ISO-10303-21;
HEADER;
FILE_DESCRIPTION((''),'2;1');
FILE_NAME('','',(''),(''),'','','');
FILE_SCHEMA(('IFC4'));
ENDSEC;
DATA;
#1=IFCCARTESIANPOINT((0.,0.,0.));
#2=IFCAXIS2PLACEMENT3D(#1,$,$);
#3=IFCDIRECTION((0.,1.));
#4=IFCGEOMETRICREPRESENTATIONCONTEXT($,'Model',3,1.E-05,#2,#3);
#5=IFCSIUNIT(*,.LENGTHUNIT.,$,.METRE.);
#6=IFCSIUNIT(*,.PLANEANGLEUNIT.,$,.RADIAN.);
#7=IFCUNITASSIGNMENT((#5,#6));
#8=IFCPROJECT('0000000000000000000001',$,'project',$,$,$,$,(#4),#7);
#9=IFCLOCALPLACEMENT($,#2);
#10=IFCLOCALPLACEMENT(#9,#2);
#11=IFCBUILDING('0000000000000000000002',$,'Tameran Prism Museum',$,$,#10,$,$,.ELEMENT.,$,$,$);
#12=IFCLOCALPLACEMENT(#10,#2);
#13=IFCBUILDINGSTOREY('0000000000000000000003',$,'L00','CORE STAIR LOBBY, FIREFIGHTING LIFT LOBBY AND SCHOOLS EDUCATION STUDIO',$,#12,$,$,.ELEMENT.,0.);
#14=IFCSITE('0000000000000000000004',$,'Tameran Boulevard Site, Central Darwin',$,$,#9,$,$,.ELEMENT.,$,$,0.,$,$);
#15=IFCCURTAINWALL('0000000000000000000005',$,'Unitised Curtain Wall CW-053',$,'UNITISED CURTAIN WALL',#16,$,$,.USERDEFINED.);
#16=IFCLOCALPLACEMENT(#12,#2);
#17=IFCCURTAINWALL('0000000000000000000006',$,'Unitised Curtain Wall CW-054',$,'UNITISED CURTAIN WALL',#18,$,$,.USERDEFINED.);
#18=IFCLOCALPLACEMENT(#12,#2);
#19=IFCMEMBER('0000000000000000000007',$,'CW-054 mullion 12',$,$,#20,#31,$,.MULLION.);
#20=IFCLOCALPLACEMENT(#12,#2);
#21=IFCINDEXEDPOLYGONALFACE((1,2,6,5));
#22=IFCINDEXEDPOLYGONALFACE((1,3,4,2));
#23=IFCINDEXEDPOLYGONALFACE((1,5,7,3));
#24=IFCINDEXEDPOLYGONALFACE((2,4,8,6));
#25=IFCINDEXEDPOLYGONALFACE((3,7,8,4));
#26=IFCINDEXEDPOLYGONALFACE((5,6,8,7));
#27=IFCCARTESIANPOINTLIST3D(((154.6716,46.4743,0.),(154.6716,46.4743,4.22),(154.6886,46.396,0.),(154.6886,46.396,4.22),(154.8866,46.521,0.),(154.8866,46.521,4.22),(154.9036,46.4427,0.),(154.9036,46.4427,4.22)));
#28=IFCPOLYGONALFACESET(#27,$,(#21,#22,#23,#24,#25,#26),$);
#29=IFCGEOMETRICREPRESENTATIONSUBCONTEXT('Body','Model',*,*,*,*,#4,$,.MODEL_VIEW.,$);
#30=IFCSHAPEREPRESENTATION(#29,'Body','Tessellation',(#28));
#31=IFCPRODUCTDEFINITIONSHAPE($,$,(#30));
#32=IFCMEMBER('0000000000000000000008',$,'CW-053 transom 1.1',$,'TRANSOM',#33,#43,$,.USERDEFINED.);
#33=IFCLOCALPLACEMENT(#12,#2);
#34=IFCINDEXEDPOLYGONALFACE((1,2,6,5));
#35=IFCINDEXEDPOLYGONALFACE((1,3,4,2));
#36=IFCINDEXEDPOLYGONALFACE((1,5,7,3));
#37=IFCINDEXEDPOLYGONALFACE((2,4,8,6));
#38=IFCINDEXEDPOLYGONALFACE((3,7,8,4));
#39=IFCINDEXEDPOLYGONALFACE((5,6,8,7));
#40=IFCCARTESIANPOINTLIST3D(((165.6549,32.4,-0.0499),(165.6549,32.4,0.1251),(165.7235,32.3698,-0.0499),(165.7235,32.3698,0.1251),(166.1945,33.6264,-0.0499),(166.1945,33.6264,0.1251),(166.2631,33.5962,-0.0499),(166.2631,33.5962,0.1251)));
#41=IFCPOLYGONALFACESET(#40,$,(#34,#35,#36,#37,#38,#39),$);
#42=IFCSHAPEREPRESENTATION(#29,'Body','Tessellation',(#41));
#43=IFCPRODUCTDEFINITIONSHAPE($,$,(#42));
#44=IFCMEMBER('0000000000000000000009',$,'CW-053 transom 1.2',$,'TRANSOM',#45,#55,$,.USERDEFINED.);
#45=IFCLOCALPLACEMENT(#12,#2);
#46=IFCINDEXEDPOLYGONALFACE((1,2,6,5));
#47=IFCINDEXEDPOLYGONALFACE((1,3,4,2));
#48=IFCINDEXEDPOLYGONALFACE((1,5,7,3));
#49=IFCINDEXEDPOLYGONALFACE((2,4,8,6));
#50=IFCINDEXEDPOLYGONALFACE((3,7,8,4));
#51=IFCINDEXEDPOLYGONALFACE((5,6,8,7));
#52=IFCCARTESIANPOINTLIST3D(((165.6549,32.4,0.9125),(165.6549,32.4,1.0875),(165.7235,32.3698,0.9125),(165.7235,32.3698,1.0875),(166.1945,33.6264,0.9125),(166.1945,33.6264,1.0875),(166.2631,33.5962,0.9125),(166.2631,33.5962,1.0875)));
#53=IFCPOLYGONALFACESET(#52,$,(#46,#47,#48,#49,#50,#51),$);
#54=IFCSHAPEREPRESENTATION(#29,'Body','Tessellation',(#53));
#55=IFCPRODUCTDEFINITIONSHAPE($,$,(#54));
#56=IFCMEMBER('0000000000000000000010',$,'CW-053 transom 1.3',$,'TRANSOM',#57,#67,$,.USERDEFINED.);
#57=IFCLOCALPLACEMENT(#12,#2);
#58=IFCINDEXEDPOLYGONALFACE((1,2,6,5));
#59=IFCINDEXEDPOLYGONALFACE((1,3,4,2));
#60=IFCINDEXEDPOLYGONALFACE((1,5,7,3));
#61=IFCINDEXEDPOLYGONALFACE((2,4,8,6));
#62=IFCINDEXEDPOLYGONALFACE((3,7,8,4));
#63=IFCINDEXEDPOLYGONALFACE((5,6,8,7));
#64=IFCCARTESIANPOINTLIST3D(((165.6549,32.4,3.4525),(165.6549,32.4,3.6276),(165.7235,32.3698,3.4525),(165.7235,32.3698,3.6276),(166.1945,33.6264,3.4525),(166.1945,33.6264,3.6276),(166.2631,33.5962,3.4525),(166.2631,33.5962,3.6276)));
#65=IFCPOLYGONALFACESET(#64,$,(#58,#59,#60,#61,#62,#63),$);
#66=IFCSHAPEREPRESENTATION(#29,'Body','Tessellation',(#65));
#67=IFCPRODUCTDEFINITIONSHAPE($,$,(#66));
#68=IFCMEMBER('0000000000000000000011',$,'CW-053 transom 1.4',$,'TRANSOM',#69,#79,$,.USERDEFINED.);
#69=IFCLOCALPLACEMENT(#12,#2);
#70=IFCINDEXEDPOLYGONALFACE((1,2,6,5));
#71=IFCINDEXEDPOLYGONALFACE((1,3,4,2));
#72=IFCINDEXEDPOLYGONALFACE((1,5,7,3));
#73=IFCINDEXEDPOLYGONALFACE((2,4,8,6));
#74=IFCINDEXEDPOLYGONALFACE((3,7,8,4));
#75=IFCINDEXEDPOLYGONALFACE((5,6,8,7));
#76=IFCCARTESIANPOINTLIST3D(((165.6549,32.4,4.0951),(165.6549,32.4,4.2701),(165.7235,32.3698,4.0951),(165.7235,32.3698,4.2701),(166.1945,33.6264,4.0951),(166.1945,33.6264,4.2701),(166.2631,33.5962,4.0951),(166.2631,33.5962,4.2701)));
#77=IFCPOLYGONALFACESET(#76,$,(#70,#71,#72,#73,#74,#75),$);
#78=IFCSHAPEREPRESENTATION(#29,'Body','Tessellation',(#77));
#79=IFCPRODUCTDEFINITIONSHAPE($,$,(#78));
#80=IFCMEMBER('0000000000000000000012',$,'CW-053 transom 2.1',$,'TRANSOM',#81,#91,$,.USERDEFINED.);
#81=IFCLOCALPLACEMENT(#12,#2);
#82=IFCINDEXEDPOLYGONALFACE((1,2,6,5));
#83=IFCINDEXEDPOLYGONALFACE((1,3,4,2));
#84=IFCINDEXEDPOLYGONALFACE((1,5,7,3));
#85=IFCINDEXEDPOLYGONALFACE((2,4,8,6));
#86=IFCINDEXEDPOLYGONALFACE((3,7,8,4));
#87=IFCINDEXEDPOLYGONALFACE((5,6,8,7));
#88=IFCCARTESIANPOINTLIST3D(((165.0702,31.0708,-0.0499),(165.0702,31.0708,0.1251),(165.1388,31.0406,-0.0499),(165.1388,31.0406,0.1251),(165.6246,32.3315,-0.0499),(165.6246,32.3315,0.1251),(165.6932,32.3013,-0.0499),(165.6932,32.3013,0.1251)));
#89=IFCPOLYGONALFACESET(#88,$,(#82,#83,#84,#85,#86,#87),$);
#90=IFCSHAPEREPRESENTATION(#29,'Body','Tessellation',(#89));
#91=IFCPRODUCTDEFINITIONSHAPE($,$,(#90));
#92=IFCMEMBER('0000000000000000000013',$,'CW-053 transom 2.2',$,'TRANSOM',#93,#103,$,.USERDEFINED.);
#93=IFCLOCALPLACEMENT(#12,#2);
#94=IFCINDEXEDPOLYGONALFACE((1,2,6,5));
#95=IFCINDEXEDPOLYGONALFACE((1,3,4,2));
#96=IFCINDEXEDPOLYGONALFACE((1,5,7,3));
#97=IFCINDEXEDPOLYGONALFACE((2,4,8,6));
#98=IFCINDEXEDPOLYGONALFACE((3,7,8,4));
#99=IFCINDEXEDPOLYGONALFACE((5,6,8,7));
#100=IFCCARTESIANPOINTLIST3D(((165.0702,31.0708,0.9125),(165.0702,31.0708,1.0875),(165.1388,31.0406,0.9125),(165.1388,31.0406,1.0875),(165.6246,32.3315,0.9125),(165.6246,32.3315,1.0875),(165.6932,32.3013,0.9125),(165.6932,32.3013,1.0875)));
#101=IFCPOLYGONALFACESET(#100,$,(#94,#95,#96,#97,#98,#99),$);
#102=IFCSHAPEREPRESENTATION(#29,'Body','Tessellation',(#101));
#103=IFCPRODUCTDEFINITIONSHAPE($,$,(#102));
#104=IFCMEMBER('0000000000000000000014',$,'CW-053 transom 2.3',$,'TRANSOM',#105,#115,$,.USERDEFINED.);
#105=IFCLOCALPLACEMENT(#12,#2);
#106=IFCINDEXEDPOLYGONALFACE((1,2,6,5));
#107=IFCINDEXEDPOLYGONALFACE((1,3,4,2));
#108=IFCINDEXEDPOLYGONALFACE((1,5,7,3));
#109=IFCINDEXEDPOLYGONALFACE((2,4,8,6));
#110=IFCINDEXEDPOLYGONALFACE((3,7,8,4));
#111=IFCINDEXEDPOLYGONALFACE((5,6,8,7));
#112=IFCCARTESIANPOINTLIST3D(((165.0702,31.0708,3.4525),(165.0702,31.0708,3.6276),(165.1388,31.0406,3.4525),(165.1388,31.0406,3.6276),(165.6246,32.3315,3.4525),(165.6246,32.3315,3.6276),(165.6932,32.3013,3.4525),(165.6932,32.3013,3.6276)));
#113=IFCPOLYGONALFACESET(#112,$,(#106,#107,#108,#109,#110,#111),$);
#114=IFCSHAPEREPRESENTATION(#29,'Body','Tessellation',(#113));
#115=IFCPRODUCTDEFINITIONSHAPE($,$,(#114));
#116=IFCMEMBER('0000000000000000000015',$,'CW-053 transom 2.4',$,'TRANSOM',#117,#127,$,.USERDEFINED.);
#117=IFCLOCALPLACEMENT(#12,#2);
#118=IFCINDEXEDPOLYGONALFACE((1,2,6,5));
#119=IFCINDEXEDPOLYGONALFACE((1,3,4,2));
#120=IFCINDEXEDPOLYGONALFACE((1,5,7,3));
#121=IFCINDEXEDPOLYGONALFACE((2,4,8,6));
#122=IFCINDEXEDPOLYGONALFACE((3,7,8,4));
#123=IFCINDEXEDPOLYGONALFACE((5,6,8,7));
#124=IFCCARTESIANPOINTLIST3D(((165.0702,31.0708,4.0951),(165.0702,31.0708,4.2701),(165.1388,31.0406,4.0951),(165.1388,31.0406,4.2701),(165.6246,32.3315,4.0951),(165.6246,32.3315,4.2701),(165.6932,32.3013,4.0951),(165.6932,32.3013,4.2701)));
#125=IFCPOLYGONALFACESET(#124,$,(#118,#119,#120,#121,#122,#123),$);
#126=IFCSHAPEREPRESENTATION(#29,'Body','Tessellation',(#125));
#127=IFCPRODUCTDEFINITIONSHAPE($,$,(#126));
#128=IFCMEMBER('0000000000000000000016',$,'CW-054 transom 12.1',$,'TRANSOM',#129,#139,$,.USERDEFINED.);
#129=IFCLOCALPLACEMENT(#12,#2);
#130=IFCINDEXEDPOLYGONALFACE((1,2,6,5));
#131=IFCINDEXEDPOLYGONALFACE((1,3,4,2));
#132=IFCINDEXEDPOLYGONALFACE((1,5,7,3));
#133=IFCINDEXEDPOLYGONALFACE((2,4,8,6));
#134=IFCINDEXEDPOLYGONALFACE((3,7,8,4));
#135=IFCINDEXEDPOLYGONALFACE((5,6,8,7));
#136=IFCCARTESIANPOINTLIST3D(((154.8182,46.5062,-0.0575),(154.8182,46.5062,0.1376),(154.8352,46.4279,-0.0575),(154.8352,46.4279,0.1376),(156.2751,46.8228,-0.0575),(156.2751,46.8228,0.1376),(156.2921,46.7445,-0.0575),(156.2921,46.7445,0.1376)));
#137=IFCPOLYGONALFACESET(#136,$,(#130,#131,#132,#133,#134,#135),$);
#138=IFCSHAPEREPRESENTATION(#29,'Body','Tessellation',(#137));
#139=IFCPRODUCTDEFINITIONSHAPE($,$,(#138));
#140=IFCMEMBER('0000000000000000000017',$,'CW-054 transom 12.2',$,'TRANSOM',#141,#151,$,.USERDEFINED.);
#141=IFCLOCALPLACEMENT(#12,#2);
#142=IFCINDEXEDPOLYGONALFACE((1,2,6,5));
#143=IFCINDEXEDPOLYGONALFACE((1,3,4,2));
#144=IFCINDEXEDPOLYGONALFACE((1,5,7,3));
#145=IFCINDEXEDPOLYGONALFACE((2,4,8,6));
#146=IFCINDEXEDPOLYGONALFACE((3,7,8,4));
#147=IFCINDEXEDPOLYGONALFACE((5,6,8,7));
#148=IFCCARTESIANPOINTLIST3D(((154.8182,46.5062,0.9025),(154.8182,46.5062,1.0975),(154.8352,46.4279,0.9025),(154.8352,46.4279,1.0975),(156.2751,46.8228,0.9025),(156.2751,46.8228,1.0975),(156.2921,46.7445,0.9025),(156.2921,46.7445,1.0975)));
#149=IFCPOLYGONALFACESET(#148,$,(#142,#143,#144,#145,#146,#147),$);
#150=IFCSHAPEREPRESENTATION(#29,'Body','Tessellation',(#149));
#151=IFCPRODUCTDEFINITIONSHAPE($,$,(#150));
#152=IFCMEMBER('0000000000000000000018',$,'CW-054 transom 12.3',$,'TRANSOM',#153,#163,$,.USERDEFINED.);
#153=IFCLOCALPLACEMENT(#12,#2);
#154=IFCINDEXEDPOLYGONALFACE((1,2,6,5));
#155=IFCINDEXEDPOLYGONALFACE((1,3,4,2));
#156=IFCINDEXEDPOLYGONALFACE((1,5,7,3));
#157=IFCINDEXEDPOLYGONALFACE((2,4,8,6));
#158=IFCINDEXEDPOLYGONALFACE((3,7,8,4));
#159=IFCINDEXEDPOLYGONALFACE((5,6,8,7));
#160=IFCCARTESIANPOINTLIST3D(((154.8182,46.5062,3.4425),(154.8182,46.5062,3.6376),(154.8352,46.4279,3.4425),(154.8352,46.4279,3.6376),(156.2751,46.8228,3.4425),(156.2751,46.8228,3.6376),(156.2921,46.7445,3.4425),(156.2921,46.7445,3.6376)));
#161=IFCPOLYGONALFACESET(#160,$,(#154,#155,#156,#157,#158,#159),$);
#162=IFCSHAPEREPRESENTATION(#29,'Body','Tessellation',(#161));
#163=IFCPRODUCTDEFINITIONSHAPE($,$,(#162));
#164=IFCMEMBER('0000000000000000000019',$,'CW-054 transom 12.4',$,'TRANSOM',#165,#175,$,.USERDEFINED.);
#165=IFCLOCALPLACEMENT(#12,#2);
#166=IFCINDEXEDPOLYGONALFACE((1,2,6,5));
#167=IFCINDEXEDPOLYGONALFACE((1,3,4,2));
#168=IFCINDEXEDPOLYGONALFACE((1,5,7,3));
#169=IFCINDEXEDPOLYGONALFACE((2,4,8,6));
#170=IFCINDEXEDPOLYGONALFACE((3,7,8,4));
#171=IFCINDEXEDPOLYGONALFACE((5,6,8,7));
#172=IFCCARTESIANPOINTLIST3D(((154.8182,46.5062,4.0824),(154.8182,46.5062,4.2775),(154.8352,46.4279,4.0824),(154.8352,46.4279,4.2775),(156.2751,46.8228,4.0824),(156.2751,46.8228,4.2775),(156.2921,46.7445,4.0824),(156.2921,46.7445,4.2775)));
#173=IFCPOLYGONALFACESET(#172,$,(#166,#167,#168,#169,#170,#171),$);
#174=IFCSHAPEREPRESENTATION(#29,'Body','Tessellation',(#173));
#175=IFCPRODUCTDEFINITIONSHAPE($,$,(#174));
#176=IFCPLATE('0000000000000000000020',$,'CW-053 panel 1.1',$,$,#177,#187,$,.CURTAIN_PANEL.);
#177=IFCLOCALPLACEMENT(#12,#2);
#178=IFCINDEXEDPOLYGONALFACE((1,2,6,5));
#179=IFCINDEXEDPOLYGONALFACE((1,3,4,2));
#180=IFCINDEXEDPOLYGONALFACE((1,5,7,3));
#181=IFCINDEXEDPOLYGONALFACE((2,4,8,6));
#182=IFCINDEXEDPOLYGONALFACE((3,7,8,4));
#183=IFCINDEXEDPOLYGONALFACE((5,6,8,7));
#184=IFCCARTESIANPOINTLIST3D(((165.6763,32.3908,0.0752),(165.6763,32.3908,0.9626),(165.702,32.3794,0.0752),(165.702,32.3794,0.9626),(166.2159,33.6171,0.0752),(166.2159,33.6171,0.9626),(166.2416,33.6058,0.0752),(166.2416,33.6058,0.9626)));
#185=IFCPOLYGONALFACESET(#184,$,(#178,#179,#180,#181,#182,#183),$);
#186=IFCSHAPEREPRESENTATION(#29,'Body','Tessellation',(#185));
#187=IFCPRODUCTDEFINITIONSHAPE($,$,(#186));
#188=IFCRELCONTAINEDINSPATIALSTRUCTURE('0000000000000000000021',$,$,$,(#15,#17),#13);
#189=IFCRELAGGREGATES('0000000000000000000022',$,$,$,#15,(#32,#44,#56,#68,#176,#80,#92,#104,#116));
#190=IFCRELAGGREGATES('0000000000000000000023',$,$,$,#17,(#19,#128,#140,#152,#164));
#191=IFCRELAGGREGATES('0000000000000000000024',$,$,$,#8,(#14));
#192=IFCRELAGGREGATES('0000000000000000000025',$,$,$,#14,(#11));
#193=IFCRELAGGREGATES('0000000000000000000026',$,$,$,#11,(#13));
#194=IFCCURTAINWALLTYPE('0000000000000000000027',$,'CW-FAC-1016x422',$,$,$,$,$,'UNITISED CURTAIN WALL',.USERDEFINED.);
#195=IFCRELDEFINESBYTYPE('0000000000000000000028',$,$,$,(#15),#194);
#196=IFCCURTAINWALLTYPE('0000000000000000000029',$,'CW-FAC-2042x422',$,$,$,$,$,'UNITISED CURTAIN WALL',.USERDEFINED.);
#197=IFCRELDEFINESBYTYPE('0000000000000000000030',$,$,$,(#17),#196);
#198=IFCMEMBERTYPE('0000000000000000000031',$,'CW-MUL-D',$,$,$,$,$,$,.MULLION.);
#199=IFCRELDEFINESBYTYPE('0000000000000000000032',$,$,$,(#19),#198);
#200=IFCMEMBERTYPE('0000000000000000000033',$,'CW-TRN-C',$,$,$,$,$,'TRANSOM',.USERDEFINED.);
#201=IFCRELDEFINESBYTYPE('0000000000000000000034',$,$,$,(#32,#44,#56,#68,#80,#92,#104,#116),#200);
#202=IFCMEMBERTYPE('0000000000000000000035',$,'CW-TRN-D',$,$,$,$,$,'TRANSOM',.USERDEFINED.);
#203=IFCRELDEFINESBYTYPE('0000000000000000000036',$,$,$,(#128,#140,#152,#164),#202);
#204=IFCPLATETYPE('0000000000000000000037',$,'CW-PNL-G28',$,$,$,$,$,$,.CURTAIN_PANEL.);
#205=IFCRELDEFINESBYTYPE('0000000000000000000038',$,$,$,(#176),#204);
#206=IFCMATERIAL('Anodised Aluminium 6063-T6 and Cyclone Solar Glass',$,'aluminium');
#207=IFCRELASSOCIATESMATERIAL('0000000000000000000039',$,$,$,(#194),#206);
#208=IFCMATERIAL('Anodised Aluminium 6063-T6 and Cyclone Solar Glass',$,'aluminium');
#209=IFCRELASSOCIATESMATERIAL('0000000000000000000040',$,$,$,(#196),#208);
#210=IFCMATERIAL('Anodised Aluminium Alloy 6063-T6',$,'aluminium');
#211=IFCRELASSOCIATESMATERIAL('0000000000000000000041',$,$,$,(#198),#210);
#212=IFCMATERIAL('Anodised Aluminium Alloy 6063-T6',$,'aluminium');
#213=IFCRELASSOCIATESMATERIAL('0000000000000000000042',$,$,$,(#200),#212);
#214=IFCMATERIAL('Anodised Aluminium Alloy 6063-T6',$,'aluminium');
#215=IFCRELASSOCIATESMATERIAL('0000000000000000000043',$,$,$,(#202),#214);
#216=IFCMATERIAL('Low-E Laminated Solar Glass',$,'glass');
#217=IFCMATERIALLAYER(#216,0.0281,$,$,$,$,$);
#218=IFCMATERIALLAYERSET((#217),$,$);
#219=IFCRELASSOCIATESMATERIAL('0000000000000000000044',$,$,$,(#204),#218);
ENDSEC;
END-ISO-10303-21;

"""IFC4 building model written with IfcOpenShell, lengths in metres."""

from ifc_helpers import new_model, si_unit, direction, frame, origin, origin_2d, place, context, subcontext, project, spatial, rectangle, extrude, material, layer, layer_set, material_profile, profile_set, type_object, element, aggregate, save


model = new_model("IFC4")

# Units and contexts
model_context = context("Model", 3, precision=1e-05, world=origin(), true_north=direction((0.0, 1.0)))
body_context = subcontext(model_context, "Body", "Model", "MODEL_VIEW")
ifc_project = project(units=[si_unit("LENGTHUNIT", "METRE"), si_unit("PLANEANGLEUNIT", "RADIAN")], contexts=[model_context])

# Site, building, storey
site_placement = place(None, origin())
site = spatial("IfcSite", under=ifc_project, at=site_placement, Name="Tameran Boulevard Site, Central Darwin", CompositionType="ELEMENT", RefElevation=0.0)
building_placement = place(site_placement, origin())
building = spatial("IfcBuilding", under=site, at=building_placement, Name="Tameran Prism Museum", CompositionType="ELEMENT")
storey_placement = place(building_placement, origin())
storey = spatial("IfcBuildingStorey", under=building, at=storey_placement, Name="L00", Description="CORE STAIR LOBBY, FIREFIGHTING LIFT LOBBY AND SCHOOLS EDUCATION STUDIO", CompositionType="ELEMENT", Elevation=0.0)

# Curtain wall
ifc_material_1 = material(Name="Anodised Aluminium 6063-T6 and Cyclone Solar Glass", Category="aluminium")
curtain_wall_type_1 = type_object("IfcCurtainWallType", Name="CW-FAC-1016x422", ElementType="UNITISED CURTAIN WALL", PredefinedType="USERDEFINED", material=ifc_material_1)
curtain_wall_1_placement = place(storey_placement, origin())
curtain_wall_1 = element("IfcCurtainWall", 1, at=curtain_wall_1_placement, inside=storey, type_object=curtain_wall_type_1, Name="Unitised Curtain Wall CW-053", ObjectType="UNITISED CURTAIN WALL", PredefinedType="USERDEFINED")

# Curtain wall, member
ifc_material_2 = material(Name="Anodised Aluminium 6063-T6 and Cyclone Solar Glass", Category="aluminium")
curtain_wall_type_2 = type_object("IfcCurtainWallType", Name="CW-FAC-2042x422", ElementType="UNITISED CURTAIN WALL", PredefinedType="USERDEFINED", material=ifc_material_2)
curtain_wall_2_placement = place(storey_placement, origin())
curtain_wall_2 = element("IfcCurtainWall", 2, at=curtain_wall_2_placement, inside=storey, type_object=curtain_wall_type_2, Name="Unitised Curtain Wall CW-054", ObjectType="UNITISED CURTAIN WALL", PredefinedType="USERDEFINED")
ifc_material_3 = material(Name="Anodised Aluminium Alloy 6063-T6", Category="aluminium")
ifc_material_profile_1 = material_profile(ifc_material_3, rectangle(XDim=0.0801, YDim=0.22, at=origin_2d()))
ifc_profile_set_1 = profile_set([ifc_material_profile_1])
member_type_1 = type_object("IfcMemberType", Name="CW-MUL-D", PredefinedType="MULLION", material=ifc_profile_set_1)
member_1_placement = place(storey_placement, frame((154.7876, 46.4585, 0.0), z_axis=(0.0, 0.0, 1.0), x_axis=(-0.212454, 0.977171, 0.0)))
member_1 = element("IfcMember", 3, at=member_1_placement, type_object=member_type_1, Name="CW-054 mullion 12", PredefinedType="MULLION", context=body_context, shape_type="SweptSolid", body=[
    extrude(rectangle(XDim=0.0801, YDim=0.22, at=origin_2d()), origin(), (0.0, 0.0, 1.0), 4.22),
])

# Members
ifc_material_4 = material(Name="Anodised Aluminium Alloy 6063-T6", Category="aluminium")
ifc_material_profile_2 = material_profile(ifc_material_4, rectangle(XDim=0.075, YDim=0.175, at=origin_2d()))
ifc_profile_set_2 = profile_set([ifc_material_profile_2])
member_type_2 = type_object("IfcMemberType", Name="CW-TRN-C", ElementType="TRANSOM", PredefinedType="USERDEFINED", material=ifc_profile_set_2)
member_2_placement = place(storey_placement, frame((166.2288, 33.6113, 0.0376), z_axis=(-0.40272, -0.915323, 0.0), x_axis=(0.915323, -0.40272, 0.0)))
member_2 = element("IfcMember", 4, at=member_2_placement, type_object=member_type_2, Name="CW-053 transom 1.1", ObjectType="TRANSOM", PredefinedType="USERDEFINED", context=body_context, shape_type="SweptSolid", body=[
    extrude(rectangle(XDim=0.075, YDim=0.175, at=origin_2d()), origin(), (0.0, 0.0, 1.0), 1.3398),
])
member_3_placement = place(storey_placement, frame((166.2288, 33.6113, 1.0), z_axis=(-0.40272, -0.915323, 0.0), x_axis=(0.915323, -0.40272, 0.0)))
member_3 = element("IfcMember", 5, at=member_3_placement, type_object=member_type_2, Name="CW-053 transom 1.2", ObjectType="TRANSOM", PredefinedType="USERDEFINED", context=body_context, shape_type="SweptSolid", body=[
    extrude(rectangle(XDim=0.075, YDim=0.175, at=origin_2d()), origin(), (0.0, 0.0, 1.0), 1.3398),
])
member_4_placement = place(storey_placement, frame((166.2288, 33.6113, 3.54), z_axis=(-0.40272, -0.915323, 0.0), x_axis=(0.915323, -0.40272, 0.0)))
member_4 = element("IfcMember", 6, at=member_4_placement, type_object=member_type_2, Name="CW-053 transom 1.3", ObjectType="TRANSOM", PredefinedType="USERDEFINED", context=body_context, shape_type="SweptSolid", body=[
    extrude(rectangle(XDim=0.075, YDim=0.175, at=origin_2d()), origin(), (0.0, 0.0, 1.0), 1.3398),
])
member_5_placement = place(storey_placement, frame((166.2288, 33.6113, 4.1826), z_axis=(-0.40272, -0.915323, 0.0), x_axis=(0.915323, -0.40272, 0.0)))
member_5 = element("IfcMember", 7, at=member_5_placement, type_object=member_type_2, Name="CW-053 transom 1.4", ObjectType="TRANSOM", PredefinedType="USERDEFINED", context=body_context, shape_type="SweptSolid", body=[
    extrude(rectangle(XDim=0.075, YDim=0.175, at=origin_2d()), origin(), (0.0, 0.0, 1.0), 1.3398),
])
member_6_placement = place(storey_placement, frame((165.6589, 32.3164, 0.0376), z_axis=(-0.402566, -0.915391, 0.0), x_axis=(0.915391, -0.402566, 0.0)))
member_6 = element("IfcMember", 8, at=member_6_placement, type_object=member_type_2, Name="CW-053 transom 2.1", ObjectType="TRANSOM", PredefinedType="USERDEFINED", context=body_context, shape_type="SweptSolid", body=[
    extrude(rectangle(XDim=0.075, YDim=0.175, at=origin_2d()), origin(), (0.0, 0.0, 1.0), 1.3772),
])
member_7_placement = place(storey_placement, frame((165.6589, 32.3164, 1.0), z_axis=(-0.402566, -0.915391, 0.0), x_axis=(0.915391, -0.402566, 0.0)))
member_7 = element("IfcMember", 9, at=member_7_placement, type_object=member_type_2, Name="CW-053 transom 2.2", ObjectType="TRANSOM", PredefinedType="USERDEFINED", context=body_context, shape_type="SweptSolid", body=[
    extrude(rectangle(XDim=0.075, YDim=0.175, at=origin_2d()), origin(), (0.0, 0.0, 1.0), 1.3772),
])
member_8_placement = place(storey_placement, frame((165.6589, 32.3164, 3.54), z_axis=(-0.402566, -0.915391, 0.0), x_axis=(0.915391, -0.402566, 0.0)))
member_8 = element("IfcMember", 10, at=member_8_placement, type_object=member_type_2, Name="CW-053 transom 2.3", ObjectType="TRANSOM", PredefinedType="USERDEFINED", context=body_context, shape_type="SweptSolid", body=[
    extrude(rectangle(XDim=0.075, YDim=0.175, at=origin_2d()), origin(), (0.0, 0.0, 1.0), 1.3772),
])
member_9_placement = place(storey_placement, frame((165.6589, 32.3164, 4.1826), z_axis=(-0.402566, -0.915391, 0.0), x_axis=(0.915391, -0.402566, 0.0)))
member_9 = element("IfcMember", 11, at=member_9_placement, type_object=member_type_2, Name="CW-053 transom 2.4", ObjectType="TRANSOM", PredefinedType="USERDEFINED", context=body_context, shape_type="SweptSolid", body=[
    extrude(rectangle(XDim=0.075, YDim=0.175, at=origin_2d()), origin(), (0.0, 0.0, 1.0), 1.3772),
])
ifc_material_5 = material(Name="Anodised Aluminium Alloy 6063-T6", Category="aluminium")
ifc_material_profile_3 = material_profile(ifc_material_5, rectangle(XDim=0.0801, YDim=0.1951, at=origin_2d()))
ifc_profile_set_3 = profile_set([ifc_material_profile_3])
member_type_3 = type_object("IfcMemberType", Name="CW-TRN-D", ElementType="TRANSOM", PredefinedType="USERDEFINED", material=ifc_profile_set_3)
member_10_placement = place(storey_placement, frame((154.8267, 46.467, 0.04), z_axis=(0.97719, 0.212368, 0.0), x_axis=(-0.212368, 0.97719, 0.0)))
member_10 = element("IfcMember", 12, at=member_10_placement, type_object=member_type_3, Name="CW-054 transom 12.1", ObjectType="TRANSOM", PredefinedType="USERDEFINED", context=body_context, shape_type="SweptSolid", body=[
    extrude(rectangle(XDim=0.0801, YDim=0.1951, at=origin_2d()), origin(), (0.0, 0.0, 1.0), 1.491),
])
member_11_placement = place(storey_placement, frame((154.8267, 46.467, 1.0), z_axis=(0.97719, 0.212368, 0.0), x_axis=(-0.212368, 0.97719, 0.0)))
member_11 = element("IfcMember", 13, at=member_11_placement, type_object=member_type_3, Name="CW-054 transom 12.2", ObjectType="TRANSOM", PredefinedType="USERDEFINED", context=body_context, shape_type="SweptSolid", body=[
    extrude(rectangle(XDim=0.0801, YDim=0.1951, at=origin_2d()), origin(), (0.0, 0.0, 1.0), 1.491),
])
member_12_placement = place(storey_placement, frame((154.8267, 46.467, 3.54), z_axis=(0.97719, 0.212368, 0.0), x_axis=(-0.212368, 0.97719, 0.0)))
member_12 = element("IfcMember", 14, at=member_12_placement, type_object=member_type_3, Name="CW-054 transom 12.3", ObjectType="TRANSOM", PredefinedType="USERDEFINED", context=body_context, shape_type="SweptSolid", body=[
    extrude(rectangle(XDim=0.0801, YDim=0.1951, at=origin_2d()), origin(), (0.0, 0.0, 1.0), 1.491),
])
member_13_placement = place(storey_placement, frame((154.8267, 46.467, 4.1799), z_axis=(0.97719, 0.212368, 0.0), x_axis=(-0.212368, 0.97719, 0.0)))
member_13 = element("IfcMember", 15, at=member_13_placement, type_object=member_type_3, Name="CW-054 transom 12.4", ObjectType="TRANSOM", PredefinedType="USERDEFINED", context=body_context, shape_type="SweptSolid", body=[
    extrude(rectangle(XDim=0.0801, YDim=0.1951, at=origin_2d()), origin(), (0.0, 0.0, 1.0), 1.491),
])

# Plate
ifc_material_6 = material(Name="Low-E Laminated Solar Glass", Category="glass")
ifc_layer_1 = layer(ifc_material_6, 0.0281)
ifc_layer_set_1 = layer_set([ifc_layer_1])
plate_type_1 = type_object("IfcPlateType", Name="CW-PNL-G28", PredefinedType="CURTAIN_PANEL", material=ifc_layer_set_1)
plate_1_placement = place(storey_placement, frame((165.959, 32.9983, 0.0752), z_axis=(0.0, 0.0, 1.0), x_axis=(-0.402722, -0.915322, 0.0)))
plate_1 = element("IfcPlate", 16, at=plate_1_placement, type_object=plate_type_1, Name="CW-053 panel 1.1", PredefinedType="CURTAIN_PANEL", context=body_context, shape_type="SweptSolid", body=[
    extrude(rectangle(XDim=1.3398, YDim=0.0281, at=origin_2d()), origin(), (0.0, 0.0, 1.0), 0.8875),
])
aggregate(curtain_wall_1, [member_2, member_3, member_4, member_5, plate_1, member_6, member_7, member_8, member_9])
aggregate(curtain_wall_2, [member_1, member_10, member_11, member_12, member_13])

save(model, "model.ifc")
